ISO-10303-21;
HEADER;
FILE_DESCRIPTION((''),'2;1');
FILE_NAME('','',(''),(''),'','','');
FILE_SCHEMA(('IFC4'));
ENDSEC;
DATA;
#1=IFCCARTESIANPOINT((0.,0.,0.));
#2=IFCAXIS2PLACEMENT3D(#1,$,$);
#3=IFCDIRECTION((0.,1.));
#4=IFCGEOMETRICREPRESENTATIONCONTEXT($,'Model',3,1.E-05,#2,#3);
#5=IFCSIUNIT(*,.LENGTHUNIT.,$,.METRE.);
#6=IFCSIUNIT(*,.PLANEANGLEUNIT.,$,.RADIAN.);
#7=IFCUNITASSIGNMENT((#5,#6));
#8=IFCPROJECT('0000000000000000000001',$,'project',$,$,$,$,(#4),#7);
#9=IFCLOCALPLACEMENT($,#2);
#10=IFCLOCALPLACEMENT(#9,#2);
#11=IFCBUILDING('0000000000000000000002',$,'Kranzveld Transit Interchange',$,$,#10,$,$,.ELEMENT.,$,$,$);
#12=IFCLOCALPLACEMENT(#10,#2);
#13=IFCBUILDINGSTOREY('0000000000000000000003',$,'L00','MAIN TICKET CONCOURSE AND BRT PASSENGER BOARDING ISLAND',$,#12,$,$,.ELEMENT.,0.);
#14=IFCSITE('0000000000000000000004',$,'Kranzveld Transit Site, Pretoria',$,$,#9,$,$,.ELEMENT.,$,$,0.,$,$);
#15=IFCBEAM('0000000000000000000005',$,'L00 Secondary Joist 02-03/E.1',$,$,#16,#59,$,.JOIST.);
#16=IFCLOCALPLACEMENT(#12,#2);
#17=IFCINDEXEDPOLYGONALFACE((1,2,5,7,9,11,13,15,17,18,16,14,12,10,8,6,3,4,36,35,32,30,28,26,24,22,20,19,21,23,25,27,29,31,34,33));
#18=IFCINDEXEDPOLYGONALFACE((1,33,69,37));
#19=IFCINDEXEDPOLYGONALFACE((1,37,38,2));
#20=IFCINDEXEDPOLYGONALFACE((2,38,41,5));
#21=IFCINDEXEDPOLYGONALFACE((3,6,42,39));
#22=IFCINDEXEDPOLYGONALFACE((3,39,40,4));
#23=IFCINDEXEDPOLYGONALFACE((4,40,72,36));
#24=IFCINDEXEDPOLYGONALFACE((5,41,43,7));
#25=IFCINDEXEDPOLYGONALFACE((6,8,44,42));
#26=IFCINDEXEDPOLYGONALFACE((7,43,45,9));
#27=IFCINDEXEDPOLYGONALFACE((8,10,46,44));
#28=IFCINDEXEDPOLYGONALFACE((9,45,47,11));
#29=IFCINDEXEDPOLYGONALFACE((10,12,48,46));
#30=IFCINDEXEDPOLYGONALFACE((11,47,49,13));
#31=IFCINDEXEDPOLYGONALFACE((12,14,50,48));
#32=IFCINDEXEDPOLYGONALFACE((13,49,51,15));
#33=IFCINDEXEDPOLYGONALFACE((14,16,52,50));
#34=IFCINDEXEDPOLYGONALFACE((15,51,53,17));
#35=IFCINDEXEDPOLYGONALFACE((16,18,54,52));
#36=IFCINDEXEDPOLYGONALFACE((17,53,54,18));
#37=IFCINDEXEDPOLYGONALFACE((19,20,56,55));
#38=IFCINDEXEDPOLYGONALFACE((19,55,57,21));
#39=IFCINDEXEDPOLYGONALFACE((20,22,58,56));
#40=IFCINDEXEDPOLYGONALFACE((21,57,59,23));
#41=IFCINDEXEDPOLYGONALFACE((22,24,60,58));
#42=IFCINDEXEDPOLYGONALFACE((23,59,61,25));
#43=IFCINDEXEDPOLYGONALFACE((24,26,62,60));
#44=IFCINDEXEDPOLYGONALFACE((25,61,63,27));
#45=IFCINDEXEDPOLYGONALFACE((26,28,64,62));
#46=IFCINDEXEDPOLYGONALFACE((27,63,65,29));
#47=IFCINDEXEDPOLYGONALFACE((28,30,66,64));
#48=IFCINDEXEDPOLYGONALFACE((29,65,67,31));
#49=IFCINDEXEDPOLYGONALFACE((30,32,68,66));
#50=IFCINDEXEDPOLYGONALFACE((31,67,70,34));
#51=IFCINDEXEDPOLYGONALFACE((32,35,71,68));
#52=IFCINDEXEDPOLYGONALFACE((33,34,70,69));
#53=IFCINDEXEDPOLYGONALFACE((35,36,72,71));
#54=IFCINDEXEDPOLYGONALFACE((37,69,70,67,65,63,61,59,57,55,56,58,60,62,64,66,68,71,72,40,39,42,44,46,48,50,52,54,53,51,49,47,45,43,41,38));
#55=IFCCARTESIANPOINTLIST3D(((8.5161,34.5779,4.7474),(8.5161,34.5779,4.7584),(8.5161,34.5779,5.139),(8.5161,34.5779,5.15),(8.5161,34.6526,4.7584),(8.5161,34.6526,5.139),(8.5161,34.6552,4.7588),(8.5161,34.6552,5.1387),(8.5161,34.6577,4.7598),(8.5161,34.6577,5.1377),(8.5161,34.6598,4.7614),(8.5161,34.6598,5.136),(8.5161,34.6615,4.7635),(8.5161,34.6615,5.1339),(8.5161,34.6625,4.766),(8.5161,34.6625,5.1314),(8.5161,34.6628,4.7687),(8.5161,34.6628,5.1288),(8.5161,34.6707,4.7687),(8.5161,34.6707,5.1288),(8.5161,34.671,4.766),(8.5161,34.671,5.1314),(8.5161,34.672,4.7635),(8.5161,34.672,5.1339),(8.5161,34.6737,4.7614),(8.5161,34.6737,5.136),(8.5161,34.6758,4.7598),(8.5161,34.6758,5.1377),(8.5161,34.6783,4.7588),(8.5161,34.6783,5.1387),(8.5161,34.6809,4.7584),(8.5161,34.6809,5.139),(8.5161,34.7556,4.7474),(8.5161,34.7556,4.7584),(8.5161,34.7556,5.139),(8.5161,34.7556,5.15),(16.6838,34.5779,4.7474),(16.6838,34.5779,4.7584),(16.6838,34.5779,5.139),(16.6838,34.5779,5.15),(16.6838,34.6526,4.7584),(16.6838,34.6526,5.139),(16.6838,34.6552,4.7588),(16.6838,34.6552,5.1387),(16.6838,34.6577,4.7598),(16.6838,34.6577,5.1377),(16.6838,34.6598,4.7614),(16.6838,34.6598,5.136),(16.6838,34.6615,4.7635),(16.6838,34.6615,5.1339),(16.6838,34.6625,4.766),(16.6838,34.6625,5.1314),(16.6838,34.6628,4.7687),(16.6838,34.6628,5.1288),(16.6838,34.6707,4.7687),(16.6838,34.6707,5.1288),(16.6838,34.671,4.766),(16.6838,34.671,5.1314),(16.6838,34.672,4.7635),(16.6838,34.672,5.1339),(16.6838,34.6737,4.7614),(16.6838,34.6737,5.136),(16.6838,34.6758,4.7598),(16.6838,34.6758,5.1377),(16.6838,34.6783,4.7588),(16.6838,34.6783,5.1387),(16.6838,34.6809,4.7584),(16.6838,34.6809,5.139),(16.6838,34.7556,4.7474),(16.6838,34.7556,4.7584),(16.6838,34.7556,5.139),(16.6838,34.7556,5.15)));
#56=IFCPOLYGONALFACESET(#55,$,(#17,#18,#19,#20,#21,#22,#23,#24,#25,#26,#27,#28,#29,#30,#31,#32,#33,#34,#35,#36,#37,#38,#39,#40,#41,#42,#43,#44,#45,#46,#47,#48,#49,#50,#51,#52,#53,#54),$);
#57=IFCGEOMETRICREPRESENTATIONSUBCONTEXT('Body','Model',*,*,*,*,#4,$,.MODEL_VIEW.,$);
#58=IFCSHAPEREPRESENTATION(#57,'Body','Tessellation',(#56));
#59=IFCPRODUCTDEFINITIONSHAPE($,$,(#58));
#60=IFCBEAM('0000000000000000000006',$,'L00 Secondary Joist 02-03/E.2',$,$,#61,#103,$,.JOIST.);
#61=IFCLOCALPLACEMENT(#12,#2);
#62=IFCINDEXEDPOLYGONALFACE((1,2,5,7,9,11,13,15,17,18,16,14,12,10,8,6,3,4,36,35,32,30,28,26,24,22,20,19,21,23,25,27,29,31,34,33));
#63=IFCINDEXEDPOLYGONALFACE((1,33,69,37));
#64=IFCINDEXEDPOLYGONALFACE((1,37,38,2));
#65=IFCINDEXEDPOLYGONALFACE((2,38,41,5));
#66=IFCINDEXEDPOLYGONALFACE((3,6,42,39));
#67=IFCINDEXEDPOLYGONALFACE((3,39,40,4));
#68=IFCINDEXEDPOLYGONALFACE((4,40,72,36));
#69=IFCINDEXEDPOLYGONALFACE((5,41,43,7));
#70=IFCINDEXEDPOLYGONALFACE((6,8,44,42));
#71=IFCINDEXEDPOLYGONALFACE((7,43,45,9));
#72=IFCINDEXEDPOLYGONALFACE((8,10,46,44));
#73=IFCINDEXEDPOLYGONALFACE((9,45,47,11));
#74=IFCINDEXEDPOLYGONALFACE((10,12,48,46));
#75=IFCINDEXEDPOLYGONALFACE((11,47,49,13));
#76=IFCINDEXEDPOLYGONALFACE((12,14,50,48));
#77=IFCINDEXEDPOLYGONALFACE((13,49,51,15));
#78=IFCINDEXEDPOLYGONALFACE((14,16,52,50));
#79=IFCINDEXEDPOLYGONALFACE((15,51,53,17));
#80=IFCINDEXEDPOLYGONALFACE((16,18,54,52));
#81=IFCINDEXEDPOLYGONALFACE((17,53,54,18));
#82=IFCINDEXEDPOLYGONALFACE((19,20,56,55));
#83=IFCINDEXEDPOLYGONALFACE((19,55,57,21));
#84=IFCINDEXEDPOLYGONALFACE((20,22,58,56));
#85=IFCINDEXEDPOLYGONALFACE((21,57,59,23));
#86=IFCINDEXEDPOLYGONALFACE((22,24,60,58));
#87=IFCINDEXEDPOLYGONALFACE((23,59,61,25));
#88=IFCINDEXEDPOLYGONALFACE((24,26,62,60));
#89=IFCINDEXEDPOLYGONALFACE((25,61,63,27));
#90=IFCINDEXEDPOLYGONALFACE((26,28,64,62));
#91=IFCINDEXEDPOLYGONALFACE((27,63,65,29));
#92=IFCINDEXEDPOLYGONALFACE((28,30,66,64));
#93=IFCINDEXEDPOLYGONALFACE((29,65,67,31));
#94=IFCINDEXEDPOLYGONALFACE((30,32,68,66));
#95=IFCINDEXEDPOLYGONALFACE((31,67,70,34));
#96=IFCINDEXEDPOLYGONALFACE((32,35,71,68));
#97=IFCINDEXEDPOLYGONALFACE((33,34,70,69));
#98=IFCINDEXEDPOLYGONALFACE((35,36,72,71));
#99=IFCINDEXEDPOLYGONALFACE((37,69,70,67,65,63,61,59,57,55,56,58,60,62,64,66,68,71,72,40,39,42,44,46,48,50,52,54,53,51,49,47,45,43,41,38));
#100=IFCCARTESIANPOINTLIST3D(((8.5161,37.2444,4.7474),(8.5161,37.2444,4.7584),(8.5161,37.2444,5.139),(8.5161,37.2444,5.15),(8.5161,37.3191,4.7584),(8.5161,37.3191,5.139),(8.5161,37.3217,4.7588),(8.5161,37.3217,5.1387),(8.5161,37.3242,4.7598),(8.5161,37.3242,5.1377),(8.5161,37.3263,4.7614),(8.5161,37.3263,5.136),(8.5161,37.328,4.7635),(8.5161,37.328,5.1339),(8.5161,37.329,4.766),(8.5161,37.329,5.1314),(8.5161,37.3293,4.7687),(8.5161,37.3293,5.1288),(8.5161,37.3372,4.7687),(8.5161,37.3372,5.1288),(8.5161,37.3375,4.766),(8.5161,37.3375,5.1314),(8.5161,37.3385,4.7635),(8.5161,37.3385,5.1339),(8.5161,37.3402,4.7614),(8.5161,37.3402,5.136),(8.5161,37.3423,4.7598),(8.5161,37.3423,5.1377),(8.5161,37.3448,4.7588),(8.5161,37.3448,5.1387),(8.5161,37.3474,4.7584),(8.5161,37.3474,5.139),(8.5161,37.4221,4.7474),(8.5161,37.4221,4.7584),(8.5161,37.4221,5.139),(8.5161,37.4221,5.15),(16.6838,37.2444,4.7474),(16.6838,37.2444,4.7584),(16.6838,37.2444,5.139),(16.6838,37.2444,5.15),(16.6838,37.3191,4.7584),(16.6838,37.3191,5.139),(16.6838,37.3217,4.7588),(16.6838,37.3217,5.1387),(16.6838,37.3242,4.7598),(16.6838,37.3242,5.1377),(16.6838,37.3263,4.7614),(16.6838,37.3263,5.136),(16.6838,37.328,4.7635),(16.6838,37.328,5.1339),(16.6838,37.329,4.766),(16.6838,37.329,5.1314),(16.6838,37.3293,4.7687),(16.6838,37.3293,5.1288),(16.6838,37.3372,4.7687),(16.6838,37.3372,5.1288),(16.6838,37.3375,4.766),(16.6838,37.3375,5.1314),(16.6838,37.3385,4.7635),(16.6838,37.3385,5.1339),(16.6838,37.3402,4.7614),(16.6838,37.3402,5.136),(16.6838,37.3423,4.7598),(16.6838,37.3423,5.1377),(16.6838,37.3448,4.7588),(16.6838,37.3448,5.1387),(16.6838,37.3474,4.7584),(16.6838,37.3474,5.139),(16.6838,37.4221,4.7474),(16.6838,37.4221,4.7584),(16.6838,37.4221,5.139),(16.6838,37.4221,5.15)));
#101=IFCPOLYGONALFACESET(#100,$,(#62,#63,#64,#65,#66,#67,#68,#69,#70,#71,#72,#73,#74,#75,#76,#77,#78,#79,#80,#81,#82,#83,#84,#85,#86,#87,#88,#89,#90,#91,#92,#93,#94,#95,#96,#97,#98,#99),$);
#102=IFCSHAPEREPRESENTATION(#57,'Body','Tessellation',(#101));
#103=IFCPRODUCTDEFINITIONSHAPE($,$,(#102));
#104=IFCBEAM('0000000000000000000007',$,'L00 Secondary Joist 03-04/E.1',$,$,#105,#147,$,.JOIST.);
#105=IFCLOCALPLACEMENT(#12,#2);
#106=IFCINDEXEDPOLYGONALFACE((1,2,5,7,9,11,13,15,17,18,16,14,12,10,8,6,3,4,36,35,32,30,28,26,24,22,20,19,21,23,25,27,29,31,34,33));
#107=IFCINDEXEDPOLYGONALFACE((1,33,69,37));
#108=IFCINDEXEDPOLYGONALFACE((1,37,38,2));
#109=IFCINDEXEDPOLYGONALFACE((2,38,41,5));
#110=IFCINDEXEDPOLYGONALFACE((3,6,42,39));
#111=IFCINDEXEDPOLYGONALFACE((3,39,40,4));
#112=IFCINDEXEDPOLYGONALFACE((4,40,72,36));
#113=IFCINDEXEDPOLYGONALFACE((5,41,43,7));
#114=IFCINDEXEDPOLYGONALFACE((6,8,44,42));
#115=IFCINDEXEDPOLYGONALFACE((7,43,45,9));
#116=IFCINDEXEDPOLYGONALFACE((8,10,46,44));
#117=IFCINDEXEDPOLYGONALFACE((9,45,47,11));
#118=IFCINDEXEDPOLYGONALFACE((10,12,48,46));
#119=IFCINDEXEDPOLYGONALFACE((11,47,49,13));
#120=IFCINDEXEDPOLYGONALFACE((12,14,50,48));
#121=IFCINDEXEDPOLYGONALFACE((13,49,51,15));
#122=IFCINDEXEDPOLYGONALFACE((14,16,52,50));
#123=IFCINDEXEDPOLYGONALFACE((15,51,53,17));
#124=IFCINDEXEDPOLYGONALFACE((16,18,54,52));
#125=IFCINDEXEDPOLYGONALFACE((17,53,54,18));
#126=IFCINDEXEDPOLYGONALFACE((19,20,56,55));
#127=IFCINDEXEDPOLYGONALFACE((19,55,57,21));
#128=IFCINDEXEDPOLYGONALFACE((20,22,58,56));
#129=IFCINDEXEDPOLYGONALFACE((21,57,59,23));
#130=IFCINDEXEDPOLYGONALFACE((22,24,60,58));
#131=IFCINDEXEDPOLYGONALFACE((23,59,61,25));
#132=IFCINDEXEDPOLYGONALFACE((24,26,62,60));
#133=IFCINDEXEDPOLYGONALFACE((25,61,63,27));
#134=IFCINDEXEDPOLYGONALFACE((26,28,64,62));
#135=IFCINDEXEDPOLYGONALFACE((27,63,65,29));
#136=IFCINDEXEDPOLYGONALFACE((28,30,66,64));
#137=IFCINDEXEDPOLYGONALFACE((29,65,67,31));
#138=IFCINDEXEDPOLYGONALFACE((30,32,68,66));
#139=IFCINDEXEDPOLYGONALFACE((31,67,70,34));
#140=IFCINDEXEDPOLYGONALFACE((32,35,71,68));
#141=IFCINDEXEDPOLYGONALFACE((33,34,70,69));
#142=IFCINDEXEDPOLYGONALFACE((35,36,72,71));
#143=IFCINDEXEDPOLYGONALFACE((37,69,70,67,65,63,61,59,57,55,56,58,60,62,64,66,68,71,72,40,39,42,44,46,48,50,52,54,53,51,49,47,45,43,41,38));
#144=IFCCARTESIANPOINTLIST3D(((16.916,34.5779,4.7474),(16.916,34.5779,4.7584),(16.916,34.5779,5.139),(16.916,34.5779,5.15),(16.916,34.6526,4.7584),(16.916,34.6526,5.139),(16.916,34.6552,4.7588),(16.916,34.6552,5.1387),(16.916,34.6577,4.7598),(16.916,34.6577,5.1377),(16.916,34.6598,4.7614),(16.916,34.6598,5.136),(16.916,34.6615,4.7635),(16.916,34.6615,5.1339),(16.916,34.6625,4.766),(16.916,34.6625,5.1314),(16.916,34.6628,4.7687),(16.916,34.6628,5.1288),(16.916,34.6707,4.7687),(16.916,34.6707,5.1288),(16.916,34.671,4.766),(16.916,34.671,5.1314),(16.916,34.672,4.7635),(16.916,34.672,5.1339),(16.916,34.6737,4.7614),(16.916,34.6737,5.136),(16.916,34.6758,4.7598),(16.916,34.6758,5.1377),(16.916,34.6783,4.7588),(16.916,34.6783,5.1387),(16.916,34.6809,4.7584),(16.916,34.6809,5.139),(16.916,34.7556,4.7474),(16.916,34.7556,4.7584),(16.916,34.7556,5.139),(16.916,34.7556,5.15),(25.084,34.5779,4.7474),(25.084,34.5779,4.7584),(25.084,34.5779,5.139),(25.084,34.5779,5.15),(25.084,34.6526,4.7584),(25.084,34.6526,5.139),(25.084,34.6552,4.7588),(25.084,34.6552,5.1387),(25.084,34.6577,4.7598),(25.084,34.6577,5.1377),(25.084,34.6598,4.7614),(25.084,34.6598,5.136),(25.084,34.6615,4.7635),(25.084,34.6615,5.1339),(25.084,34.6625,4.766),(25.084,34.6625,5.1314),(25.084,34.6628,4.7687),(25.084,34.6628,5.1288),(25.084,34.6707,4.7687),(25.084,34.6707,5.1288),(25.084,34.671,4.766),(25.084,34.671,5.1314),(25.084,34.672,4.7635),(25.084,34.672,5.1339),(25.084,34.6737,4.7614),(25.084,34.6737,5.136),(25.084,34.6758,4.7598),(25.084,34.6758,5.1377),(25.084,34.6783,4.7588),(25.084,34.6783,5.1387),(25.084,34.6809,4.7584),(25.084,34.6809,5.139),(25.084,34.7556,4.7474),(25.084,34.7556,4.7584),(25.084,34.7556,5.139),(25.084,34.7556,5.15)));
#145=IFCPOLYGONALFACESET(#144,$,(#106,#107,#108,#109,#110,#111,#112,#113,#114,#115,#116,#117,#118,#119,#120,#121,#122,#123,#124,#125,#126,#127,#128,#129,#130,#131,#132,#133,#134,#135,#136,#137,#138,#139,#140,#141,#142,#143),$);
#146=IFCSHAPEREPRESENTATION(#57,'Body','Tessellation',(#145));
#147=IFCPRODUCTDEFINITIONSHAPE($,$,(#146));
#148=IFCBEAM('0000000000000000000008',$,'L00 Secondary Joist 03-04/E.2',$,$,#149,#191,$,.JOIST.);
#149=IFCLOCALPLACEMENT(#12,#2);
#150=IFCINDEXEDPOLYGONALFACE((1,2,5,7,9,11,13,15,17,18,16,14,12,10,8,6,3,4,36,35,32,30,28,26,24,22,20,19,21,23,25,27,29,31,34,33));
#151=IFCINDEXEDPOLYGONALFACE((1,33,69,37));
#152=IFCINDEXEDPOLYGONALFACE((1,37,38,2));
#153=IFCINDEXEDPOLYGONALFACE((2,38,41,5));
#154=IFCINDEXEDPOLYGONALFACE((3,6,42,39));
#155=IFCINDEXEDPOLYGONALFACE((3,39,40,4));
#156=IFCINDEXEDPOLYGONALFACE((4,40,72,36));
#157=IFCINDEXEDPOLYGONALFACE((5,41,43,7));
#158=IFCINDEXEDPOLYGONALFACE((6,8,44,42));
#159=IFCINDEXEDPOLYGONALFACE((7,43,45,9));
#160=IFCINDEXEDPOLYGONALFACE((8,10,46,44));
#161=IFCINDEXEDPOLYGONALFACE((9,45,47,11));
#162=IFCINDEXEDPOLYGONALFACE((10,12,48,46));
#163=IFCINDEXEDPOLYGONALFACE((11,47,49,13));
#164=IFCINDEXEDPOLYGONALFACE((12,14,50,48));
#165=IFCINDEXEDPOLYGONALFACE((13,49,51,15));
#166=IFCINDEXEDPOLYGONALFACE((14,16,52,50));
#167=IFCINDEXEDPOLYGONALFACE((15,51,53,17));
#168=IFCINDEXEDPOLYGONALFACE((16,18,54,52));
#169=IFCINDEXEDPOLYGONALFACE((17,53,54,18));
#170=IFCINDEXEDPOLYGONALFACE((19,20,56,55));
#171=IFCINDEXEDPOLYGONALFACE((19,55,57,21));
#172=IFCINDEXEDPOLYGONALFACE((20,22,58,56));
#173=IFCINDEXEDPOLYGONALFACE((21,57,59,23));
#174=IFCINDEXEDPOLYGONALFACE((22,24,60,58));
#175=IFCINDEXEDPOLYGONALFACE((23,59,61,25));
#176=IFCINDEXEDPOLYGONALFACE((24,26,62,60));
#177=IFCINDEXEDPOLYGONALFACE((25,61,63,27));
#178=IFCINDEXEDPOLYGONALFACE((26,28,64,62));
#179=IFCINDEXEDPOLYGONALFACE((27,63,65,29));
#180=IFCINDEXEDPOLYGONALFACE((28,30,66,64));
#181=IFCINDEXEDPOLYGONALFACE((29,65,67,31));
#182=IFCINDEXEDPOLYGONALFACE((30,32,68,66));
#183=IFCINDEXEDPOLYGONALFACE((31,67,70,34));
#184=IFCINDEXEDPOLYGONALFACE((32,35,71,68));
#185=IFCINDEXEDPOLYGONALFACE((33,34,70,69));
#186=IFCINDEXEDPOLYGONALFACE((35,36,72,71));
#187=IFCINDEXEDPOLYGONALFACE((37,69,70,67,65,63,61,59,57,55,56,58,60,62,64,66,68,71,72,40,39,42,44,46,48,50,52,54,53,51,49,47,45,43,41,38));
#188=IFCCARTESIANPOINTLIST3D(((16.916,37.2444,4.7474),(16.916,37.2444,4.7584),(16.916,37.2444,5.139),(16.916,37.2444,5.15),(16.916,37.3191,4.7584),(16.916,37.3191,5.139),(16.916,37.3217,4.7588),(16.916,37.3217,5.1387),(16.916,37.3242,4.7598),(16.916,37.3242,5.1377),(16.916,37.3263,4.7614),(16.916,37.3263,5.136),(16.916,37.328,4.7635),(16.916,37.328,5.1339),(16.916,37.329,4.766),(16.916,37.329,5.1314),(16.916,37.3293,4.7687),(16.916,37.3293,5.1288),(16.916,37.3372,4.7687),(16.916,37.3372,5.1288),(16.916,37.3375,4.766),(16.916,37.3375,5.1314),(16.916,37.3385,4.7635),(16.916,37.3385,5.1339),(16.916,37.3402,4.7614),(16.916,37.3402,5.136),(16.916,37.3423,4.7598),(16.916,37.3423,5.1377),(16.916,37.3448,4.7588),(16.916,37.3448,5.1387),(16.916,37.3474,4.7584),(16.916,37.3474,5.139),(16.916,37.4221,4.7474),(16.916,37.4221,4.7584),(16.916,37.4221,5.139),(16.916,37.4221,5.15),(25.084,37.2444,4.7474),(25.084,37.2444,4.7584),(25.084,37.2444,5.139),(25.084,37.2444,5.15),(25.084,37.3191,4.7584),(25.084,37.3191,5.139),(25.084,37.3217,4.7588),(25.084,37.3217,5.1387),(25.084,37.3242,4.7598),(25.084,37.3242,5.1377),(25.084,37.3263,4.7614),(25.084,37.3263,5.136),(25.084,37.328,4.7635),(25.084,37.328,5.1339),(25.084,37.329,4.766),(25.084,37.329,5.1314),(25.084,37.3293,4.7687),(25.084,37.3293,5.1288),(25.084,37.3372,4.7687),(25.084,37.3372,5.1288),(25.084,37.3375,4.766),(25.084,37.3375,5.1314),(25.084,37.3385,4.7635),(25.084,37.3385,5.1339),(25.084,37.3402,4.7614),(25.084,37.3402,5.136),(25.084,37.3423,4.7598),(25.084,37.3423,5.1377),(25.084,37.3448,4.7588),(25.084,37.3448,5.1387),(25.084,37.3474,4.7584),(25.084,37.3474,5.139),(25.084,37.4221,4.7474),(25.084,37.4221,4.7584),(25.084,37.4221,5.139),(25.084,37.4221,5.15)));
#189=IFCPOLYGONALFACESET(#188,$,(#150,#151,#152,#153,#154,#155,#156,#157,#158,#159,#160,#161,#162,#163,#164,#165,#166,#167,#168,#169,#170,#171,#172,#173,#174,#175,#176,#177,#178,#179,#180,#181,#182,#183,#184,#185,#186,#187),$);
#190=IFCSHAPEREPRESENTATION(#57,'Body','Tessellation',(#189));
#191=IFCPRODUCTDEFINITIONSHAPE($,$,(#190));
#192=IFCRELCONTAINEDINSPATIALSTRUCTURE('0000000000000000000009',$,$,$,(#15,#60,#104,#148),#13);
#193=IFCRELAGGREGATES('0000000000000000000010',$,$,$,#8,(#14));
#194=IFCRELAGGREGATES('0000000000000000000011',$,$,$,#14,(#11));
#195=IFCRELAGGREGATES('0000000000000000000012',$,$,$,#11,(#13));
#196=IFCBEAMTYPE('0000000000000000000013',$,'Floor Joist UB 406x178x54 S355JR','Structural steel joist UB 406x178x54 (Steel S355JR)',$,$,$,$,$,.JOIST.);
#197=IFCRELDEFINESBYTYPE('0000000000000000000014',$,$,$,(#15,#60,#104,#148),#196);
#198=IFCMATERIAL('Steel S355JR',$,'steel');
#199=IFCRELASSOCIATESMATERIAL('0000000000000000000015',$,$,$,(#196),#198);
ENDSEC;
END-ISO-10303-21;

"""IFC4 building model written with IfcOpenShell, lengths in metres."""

from ifc_helpers import new_model, si_unit, direction, frame, origin, origin_2d, place, context, subcontext, project, spatial, i_section, extrude, material, material_profile, profile_set, type_object, element, save


model = new_model("IFC4")

# Units and contexts
model_context = context("Model", 3, precision=1e-05, world=origin(), true_north=direction((0.0, 1.0)))
body_context = subcontext(model_context, "Body", "Model", "MODEL_VIEW")
ifc_project = project(units=[si_unit("LENGTHUNIT", "METRE"), si_unit("PLANEANGLEUNIT", "RADIAN")], contexts=[model_context])

# Site, building, storey
site_placement = place(None, origin())
site = spatial("IfcSite", under=ifc_project, at=site_placement, Name="Kranzveld Transit Site, Pretoria", CompositionType="ELEMENT", RefElevation=0.0)
building_placement = place(site_placement, origin())
building = spatial("IfcBuilding", under=site, at=building_placement, Name="Kranzveld Transit Interchange", CompositionType="ELEMENT")
storey_placement = place(building_placement, origin())
storey = spatial("IfcBuildingStorey", under=building, at=storey_placement, Name="L00", Description="MAIN TICKET CONCOURSE AND BRT PASSENGER BOARDING ISLAND", CompositionType="ELEMENT", Elevation=0.0)

# Beams
ifc_material_1 = material(Name="Steel S355JR", Category="steel")
ifc_material_profile_1 = material_profile(ifc_material_1, i_section(OverallWidth=0.1777, OverallDepth=0.4026, WebThickness=0.0078, FlangeThickness=0.011, FilletRadius=0.0103, at=origin_2d()), Name="UB 406x178x54")
ifc_profile_set_1 = profile_set([ifc_material_profile_1], Name="Steel S355JR")
beam_type_1 = type_object("IfcBeamType", Name="Floor Joist UB 406x178x54 S355JR", Description="Structural steel joist UB 406x178x54 (Steel S355JR)", PredefinedType="JOIST", material=ifc_profile_set_1)
for number, where, z_axis, x_axis, name in (
    (1, (8.5161, 34.6667, 4.9487), (1.0, 0.0, 0.0), (0.0, 1.0, 0.0), "L00 Secondary Joist 02-03/E.1"),
    (2, (8.5161, 37.3333, 4.9487), (1.0, 0.0, 0.0), (0.0, 1.0, 0.0), "L00 Secondary Joist 02-03/E.2"),
):
    element("IfcBeam", number, at=place(storey_placement, frame(where, z_axis=z_axis, x_axis=x_axis)), inside=storey, type_object=beam_type_1, Name=name, PredefinedType="JOIST", context=body_context, shape_type="SweptSolid", body=[
        extrude(i_section(OverallWidth=0.1777, OverallDepth=0.4026, WebThickness=0.0078, FlangeThickness=0.011, FilletRadius=0.0103, at=origin_2d()), origin(), (0.0, 0.0, 1.0), 8.1677),
    ])
for number, where, z_axis, x_axis, name in (
    (3, (16.916, 34.6667, 4.9487), (1.0, 0.0, 0.0), (0.0, 1.0, 0.0), "L00 Secondary Joist 03-04/E.1"),
    (4, (16.916, 37.3333, 4.9487), (1.0, 0.0, 0.0), (0.0, 1.0, 0.0), "L00 Secondary Joist 03-04/E.2"),
):
    element("IfcBeam", number, at=place(storey_placement, frame(where, z_axis=z_axis, x_axis=x_axis)), inside=storey, type_object=beam_type_1, Name=name, PredefinedType="JOIST", context=body_context, shape_type="SweptSolid", body=[
        extrude(i_section(OverallWidth=0.1777, OverallDepth=0.4026, WebThickness=0.0078, FlangeThickness=0.011, FilletRadius=0.0103, at=origin_2d()), origin(), (0.0, 0.0, 1.0), 8.168),
    ])

save(model, "model.ifc")
